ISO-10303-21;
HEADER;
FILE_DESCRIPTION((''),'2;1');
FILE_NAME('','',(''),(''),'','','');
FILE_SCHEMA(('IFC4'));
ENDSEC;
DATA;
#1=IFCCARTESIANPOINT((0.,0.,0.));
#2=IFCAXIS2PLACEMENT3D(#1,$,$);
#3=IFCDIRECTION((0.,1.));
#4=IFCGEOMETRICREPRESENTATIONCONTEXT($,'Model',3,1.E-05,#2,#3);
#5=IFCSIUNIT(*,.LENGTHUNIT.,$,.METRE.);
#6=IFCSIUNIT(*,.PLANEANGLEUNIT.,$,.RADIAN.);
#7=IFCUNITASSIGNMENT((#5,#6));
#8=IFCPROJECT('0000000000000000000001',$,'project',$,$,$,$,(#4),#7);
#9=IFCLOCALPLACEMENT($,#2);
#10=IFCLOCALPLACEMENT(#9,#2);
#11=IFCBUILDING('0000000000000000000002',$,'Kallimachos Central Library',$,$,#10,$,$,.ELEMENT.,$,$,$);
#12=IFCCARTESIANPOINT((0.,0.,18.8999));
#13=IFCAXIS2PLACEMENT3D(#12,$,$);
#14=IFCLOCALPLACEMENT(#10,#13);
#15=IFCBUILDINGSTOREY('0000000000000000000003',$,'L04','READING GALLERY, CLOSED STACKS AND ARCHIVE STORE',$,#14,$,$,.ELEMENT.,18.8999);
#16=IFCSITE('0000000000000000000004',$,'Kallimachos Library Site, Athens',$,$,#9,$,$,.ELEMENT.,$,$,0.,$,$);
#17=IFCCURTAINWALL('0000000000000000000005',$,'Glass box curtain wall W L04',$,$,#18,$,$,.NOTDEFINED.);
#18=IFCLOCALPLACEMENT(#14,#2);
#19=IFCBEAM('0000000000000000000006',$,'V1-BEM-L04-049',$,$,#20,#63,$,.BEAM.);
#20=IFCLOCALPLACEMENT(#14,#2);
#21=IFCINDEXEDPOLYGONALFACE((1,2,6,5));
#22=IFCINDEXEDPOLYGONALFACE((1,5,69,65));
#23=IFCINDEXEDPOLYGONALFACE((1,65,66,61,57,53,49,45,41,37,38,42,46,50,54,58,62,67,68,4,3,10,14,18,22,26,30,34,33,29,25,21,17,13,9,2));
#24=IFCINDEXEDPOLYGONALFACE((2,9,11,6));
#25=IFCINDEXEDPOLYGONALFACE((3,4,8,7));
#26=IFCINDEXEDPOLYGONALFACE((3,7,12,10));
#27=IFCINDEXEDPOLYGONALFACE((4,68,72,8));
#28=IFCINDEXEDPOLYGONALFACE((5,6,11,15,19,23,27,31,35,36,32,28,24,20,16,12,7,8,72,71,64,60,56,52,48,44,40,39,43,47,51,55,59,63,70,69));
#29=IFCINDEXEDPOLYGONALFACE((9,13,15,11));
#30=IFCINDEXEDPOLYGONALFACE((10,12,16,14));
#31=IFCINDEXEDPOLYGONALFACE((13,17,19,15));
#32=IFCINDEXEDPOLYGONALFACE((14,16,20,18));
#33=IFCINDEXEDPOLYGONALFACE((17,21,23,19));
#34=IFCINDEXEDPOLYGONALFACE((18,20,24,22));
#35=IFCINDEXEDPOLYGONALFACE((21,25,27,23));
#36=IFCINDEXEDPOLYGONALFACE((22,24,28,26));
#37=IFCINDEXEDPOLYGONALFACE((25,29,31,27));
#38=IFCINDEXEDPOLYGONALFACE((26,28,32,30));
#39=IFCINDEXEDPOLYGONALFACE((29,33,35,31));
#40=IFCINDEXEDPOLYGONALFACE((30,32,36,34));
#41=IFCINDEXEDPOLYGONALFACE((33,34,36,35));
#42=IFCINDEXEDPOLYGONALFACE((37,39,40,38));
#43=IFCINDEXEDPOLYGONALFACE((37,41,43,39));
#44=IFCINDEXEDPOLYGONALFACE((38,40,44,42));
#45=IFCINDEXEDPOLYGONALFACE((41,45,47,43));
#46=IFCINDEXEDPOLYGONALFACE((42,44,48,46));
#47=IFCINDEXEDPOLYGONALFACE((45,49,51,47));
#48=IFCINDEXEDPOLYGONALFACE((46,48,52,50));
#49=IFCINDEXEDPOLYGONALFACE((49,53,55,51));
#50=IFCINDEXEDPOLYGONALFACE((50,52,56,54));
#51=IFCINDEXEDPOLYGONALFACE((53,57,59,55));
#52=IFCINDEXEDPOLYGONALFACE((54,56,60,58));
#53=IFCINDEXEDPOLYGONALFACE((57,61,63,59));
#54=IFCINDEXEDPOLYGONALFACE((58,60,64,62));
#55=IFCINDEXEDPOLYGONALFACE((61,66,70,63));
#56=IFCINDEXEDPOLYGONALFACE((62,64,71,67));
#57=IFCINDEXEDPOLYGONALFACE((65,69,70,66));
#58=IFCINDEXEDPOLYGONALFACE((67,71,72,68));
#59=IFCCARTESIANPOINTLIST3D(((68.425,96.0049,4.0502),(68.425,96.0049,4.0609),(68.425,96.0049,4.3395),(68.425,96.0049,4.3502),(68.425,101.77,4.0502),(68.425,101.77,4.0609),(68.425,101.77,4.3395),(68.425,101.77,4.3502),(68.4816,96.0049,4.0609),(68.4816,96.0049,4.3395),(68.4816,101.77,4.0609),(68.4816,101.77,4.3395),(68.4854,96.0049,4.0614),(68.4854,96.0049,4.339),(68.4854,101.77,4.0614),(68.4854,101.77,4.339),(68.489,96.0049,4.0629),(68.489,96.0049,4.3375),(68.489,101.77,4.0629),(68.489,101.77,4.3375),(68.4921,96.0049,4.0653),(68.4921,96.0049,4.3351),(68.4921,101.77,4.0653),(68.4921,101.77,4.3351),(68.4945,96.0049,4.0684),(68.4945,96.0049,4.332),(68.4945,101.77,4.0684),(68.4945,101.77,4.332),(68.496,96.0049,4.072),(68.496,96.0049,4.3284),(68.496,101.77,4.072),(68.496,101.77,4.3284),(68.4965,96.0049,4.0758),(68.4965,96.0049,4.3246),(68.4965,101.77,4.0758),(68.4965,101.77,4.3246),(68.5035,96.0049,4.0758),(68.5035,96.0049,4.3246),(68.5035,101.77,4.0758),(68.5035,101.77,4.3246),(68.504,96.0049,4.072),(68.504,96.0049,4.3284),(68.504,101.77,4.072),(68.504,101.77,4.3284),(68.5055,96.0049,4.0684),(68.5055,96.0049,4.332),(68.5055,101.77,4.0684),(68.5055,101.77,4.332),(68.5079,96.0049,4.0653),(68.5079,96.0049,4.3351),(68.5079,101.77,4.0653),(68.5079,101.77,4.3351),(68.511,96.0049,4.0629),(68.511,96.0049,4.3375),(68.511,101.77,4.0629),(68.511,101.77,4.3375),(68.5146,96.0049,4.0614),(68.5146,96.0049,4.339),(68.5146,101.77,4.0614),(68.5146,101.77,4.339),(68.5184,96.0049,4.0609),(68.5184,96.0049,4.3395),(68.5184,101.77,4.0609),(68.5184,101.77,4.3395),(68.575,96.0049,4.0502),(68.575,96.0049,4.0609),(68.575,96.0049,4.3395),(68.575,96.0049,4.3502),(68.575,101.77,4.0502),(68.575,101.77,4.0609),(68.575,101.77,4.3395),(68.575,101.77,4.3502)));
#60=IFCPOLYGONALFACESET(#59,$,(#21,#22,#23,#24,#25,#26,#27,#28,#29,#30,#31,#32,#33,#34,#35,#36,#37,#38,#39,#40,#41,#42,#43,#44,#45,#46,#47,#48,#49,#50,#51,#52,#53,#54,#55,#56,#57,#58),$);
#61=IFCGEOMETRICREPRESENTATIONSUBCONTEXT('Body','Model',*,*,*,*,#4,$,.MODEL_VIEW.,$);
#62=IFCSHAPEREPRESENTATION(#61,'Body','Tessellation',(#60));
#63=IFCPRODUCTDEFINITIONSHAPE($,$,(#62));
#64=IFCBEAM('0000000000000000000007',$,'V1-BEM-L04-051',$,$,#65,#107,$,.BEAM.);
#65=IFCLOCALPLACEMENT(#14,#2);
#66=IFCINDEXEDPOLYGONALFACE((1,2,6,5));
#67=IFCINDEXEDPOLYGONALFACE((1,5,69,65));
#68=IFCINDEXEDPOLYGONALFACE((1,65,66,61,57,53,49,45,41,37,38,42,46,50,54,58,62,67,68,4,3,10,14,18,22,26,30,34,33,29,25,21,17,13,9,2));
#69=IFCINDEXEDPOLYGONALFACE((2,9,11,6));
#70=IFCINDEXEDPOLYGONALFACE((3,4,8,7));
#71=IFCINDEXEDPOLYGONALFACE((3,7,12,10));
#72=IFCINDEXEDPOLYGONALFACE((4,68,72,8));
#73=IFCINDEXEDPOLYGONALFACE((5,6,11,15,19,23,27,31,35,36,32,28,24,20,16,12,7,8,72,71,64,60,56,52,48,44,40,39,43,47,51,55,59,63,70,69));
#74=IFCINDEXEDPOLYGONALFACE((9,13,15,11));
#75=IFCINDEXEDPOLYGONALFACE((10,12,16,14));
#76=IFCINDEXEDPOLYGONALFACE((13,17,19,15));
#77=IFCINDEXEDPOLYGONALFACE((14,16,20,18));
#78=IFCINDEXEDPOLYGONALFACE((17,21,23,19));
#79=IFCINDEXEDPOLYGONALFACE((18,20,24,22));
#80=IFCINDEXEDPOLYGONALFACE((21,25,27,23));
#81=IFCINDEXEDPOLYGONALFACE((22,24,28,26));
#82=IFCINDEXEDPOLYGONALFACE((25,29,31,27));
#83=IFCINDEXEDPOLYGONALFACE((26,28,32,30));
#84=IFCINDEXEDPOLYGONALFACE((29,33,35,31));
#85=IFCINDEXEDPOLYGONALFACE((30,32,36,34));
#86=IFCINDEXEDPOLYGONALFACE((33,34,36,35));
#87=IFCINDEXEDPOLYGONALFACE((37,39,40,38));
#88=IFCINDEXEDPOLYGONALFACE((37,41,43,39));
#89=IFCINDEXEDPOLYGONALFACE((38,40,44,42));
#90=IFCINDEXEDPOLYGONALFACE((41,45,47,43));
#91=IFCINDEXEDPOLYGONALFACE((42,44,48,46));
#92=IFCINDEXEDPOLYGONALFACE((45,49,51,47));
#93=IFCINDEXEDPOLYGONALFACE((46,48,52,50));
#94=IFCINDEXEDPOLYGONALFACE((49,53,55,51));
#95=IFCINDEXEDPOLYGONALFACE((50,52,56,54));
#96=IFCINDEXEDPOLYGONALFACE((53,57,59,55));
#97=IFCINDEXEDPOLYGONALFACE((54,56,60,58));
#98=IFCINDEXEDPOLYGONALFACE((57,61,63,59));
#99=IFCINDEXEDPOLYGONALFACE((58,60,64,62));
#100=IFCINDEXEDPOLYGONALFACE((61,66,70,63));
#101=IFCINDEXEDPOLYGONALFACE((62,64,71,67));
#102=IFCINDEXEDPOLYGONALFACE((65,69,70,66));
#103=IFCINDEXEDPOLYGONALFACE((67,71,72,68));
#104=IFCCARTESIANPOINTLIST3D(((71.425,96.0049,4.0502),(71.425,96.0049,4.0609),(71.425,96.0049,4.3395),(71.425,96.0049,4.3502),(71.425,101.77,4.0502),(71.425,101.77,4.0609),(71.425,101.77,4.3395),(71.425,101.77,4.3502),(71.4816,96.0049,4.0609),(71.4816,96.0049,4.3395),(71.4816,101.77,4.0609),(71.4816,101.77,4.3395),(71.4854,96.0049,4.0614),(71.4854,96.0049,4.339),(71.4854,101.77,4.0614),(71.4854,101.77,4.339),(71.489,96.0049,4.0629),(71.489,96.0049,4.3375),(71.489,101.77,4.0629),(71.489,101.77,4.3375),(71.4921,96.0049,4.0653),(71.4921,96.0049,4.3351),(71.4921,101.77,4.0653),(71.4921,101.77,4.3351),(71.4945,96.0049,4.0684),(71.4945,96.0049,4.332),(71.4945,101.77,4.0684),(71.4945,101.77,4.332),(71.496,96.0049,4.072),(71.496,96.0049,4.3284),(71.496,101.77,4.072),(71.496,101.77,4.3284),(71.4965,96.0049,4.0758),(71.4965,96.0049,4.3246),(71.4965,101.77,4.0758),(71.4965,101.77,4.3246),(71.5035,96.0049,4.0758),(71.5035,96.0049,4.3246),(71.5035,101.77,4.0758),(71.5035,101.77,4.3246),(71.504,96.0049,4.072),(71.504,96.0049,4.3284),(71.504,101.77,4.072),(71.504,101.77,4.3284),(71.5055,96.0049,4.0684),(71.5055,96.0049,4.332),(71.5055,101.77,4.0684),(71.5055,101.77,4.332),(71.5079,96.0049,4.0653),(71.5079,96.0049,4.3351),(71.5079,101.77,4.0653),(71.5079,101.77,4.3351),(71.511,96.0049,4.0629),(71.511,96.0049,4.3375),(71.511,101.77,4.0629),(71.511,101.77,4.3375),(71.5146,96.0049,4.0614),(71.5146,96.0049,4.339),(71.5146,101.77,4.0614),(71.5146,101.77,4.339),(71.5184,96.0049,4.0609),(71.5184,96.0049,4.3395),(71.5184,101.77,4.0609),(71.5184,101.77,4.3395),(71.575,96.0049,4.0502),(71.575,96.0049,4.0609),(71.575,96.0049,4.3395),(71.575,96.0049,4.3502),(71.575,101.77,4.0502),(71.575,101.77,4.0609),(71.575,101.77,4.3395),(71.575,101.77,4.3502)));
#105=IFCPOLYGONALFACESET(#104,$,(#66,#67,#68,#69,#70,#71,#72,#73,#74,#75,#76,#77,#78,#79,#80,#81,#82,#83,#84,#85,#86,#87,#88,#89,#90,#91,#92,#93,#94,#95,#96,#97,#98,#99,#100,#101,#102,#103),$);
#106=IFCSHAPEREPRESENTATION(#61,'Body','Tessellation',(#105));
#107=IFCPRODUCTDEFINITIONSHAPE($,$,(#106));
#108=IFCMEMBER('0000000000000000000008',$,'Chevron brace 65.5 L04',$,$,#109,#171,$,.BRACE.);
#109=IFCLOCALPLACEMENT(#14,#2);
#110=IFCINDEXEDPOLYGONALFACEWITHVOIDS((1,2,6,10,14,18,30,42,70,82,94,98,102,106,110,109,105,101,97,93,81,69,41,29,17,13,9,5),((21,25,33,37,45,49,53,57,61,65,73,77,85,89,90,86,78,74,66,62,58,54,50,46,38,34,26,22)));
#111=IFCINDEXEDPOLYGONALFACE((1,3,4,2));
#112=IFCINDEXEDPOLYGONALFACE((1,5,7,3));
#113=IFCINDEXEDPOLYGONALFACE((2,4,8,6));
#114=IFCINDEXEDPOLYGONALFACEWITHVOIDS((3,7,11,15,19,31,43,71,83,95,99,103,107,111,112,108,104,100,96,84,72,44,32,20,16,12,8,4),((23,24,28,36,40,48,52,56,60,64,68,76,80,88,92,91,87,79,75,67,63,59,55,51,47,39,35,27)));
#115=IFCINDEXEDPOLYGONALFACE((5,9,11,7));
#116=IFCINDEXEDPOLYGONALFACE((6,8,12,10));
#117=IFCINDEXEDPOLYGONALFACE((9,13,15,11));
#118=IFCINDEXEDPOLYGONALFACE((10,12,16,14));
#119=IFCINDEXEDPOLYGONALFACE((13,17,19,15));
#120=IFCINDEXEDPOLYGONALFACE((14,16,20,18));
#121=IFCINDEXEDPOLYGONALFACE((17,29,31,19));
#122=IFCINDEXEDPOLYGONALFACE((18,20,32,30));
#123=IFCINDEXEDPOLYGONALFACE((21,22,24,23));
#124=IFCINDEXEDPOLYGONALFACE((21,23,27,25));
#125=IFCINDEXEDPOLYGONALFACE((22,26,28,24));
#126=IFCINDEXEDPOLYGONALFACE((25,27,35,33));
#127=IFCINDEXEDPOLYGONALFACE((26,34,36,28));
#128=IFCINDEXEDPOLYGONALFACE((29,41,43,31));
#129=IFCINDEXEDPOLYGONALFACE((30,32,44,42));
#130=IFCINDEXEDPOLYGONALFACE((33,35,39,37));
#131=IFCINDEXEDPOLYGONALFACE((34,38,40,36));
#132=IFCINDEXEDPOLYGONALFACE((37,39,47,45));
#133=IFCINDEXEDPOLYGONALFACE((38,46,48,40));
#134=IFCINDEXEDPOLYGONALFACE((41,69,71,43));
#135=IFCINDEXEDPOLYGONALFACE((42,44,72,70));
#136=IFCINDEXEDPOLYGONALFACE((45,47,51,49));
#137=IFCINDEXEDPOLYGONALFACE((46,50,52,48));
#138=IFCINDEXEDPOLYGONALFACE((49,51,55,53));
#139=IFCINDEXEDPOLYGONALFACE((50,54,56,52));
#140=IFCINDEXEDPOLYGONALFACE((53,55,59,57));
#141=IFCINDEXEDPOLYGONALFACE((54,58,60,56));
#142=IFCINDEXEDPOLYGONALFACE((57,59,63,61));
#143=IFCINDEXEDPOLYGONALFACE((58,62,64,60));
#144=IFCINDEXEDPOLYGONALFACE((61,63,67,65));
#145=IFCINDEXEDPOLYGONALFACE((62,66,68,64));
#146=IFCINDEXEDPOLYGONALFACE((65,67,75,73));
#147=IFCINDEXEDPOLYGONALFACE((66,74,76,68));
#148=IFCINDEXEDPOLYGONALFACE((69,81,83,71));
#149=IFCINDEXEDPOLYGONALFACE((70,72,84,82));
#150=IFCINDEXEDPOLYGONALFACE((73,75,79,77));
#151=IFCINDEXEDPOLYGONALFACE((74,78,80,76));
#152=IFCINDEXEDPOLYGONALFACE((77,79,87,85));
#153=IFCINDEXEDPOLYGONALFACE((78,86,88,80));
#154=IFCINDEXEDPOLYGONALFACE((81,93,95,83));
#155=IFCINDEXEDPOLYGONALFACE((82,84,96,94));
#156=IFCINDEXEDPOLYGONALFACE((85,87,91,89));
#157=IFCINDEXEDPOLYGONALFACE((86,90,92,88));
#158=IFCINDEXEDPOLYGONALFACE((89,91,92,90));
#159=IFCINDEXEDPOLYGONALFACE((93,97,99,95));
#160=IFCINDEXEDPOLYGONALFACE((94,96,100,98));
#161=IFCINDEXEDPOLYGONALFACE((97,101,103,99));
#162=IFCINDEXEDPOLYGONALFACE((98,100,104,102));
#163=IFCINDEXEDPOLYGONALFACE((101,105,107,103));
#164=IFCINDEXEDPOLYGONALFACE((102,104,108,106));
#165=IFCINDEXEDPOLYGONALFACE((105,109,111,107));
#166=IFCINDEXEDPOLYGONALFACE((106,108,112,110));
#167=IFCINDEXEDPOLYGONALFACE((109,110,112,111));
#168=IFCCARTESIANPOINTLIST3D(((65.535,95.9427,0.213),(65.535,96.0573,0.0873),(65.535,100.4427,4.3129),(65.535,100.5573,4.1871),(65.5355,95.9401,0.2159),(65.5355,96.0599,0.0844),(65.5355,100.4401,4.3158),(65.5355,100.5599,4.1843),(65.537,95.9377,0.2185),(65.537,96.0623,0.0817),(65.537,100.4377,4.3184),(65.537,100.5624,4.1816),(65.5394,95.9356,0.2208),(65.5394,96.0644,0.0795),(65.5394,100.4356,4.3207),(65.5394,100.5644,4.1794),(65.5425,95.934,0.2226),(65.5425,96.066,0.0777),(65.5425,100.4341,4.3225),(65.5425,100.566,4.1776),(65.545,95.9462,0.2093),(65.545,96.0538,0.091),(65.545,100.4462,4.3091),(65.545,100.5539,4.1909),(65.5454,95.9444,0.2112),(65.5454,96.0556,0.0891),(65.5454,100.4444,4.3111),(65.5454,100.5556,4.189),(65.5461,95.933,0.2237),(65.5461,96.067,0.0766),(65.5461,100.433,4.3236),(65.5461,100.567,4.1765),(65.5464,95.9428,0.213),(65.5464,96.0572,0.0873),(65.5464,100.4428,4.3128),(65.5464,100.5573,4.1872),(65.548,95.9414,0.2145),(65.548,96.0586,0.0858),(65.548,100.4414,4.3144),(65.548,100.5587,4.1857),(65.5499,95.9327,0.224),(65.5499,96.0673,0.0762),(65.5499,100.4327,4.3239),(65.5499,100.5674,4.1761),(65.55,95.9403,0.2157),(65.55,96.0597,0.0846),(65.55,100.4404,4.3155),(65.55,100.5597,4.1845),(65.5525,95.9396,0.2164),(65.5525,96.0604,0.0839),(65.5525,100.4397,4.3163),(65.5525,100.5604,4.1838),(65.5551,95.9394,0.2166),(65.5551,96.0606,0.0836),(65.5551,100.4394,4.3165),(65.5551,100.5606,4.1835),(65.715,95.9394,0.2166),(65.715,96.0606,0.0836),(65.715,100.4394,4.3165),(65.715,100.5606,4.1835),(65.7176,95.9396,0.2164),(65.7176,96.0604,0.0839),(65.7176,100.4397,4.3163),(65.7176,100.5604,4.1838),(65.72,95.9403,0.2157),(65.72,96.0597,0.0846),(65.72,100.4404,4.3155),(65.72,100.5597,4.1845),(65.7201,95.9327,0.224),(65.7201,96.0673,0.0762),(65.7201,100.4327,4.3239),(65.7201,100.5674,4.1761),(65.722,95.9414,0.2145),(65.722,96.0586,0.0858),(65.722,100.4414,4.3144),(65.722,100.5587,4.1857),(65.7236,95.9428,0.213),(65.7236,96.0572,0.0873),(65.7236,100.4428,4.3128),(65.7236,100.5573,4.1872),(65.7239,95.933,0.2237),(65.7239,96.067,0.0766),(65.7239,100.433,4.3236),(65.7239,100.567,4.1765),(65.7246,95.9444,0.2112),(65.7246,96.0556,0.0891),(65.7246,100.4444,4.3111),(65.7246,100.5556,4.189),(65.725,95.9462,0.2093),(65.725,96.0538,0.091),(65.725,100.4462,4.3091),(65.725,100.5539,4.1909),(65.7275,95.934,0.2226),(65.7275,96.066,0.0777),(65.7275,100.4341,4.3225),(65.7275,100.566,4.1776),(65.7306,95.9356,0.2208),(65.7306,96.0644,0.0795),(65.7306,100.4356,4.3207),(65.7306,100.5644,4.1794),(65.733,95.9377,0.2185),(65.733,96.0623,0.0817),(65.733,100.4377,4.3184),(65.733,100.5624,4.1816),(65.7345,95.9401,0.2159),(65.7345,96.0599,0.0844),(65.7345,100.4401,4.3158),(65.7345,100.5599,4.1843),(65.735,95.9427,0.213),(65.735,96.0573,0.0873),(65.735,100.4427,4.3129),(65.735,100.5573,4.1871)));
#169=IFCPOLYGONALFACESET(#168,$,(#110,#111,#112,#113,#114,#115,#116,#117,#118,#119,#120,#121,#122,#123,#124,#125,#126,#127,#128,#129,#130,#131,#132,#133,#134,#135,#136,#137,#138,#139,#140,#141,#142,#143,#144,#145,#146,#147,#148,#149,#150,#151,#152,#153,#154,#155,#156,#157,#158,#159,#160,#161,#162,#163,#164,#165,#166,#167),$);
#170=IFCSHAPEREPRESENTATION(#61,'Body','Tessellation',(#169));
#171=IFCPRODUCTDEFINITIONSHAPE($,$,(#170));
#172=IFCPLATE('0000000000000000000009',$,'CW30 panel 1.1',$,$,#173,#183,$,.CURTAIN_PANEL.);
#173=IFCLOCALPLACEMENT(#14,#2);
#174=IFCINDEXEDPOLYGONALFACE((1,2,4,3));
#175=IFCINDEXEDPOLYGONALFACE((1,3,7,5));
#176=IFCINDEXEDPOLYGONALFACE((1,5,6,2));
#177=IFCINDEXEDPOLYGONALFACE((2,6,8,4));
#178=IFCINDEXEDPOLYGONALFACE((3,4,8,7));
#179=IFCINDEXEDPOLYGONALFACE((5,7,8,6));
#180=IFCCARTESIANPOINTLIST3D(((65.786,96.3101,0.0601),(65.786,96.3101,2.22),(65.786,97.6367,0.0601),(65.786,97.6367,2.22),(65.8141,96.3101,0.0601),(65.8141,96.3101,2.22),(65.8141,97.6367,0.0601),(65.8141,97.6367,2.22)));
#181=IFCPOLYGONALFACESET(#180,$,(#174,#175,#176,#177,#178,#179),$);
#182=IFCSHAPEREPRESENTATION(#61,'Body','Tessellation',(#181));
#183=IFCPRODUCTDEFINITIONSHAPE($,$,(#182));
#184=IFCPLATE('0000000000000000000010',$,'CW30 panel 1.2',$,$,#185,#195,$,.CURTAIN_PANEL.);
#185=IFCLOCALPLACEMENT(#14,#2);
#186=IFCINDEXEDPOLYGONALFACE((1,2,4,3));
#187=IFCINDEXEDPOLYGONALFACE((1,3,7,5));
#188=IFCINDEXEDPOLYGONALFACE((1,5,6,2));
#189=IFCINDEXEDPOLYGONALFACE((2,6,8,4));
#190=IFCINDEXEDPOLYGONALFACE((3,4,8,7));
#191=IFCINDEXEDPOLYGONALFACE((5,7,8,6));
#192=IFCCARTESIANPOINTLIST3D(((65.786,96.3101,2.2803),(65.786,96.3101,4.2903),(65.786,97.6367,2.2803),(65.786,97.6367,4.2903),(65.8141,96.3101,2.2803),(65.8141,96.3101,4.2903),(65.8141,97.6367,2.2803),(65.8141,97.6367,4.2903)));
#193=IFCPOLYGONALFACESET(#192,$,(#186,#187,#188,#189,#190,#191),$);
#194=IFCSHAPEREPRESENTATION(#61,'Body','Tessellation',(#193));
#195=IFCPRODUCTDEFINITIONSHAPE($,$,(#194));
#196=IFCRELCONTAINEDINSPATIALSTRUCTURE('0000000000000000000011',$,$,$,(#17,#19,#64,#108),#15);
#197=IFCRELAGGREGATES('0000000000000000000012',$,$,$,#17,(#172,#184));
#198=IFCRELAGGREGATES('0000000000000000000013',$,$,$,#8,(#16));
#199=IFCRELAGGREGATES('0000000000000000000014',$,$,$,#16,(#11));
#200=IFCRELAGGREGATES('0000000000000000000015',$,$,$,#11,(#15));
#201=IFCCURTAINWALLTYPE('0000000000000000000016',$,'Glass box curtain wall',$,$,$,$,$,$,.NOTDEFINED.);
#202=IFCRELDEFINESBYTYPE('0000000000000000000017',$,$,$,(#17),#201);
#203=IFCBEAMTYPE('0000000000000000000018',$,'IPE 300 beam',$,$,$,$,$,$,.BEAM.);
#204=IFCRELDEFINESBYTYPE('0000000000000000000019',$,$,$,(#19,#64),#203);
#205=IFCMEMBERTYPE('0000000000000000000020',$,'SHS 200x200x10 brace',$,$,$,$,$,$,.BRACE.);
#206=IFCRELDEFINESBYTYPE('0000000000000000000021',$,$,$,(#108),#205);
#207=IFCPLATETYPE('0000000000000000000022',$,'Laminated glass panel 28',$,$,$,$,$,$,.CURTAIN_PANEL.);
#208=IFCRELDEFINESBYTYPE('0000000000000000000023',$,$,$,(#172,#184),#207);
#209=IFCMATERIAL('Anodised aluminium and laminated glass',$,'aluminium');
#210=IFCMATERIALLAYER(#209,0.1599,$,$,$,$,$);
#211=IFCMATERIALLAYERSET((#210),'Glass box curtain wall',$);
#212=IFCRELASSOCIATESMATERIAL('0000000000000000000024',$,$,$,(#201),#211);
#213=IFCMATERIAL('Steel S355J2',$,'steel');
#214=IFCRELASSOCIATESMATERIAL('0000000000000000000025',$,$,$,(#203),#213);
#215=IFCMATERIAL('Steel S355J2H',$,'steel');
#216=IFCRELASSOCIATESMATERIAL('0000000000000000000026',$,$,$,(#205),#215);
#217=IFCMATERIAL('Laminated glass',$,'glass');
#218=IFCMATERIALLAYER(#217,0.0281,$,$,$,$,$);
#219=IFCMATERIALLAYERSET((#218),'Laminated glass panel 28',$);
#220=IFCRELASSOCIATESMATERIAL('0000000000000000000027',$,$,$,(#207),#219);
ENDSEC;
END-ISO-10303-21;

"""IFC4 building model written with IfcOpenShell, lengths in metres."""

from ifc_helpers import new_model, si_unit, direction, frame, origin, origin_2d, place, context, subcontext, project, spatial, rectangle, hollow_rectangle, i_section, extrude, material, layer, layer_set, material_profile, profile_set, type_object, element, aggregate, save


model = new_model("IFC4")

# Units and contexts
model_context = context("Model", 3, precision=1e-05, world=origin(), true_north=direction((0.0, 1.0)))
body_context = subcontext(model_context, "Body", "Model", "MODEL_VIEW")
ifc_project = project(units=[si_unit("LENGTHUNIT", "METRE"), si_unit("PLANEANGLEUNIT", "RADIAN")], contexts=[model_context])

# Site, building, storey
site_placement = place(None, origin())
site = spatial("IfcSite", under=ifc_project, at=site_placement, Name="Kallimachos Library Site, Athens", CompositionType="ELEMENT", RefElevation=0.0)
building_placement = place(site_placement, origin())
building = spatial("IfcBuilding", under=site, at=building_placement, Name="Kallimachos Central Library", CompositionType="ELEMENT")
storey_placement = place(building_placement, frame((0.0, 0.0, 18.8999)))
storey = spatial("IfcBuildingStorey", under=building, at=storey_placement, Name="L04", Description="READING GALLERY, CLOSED STACKS AND ARCHIVE STORE", CompositionType="ELEMENT", Elevation=18.8999)

# Curtain wall
ifc_material_1 = material(Name="Anodised aluminium and laminated glass", Category="aluminium")
ifc_layer_1 = layer(ifc_material_1, 0.1599)
ifc_layer_set_1 = layer_set([ifc_layer_1], Name="Glass box curtain wall")
curtain_wall_type = type_object("IfcCurtainWallType", Name="Glass box curtain wall", PredefinedType="NOTDEFINED", material=ifc_layer_set_1)
curtain_wall_placement = place(storey_placement, origin())
curtain_wall = element("IfcCurtainWall", 1, at=curtain_wall_placement, inside=storey, type_object=curtain_wall_type, Name="Glass box curtain wall W L04", PredefinedType="NOTDEFINED")

# Beams
ifc_material_2 = material(Name="Steel S355J2", Category="steel")
ifc_material_profile_1 = material_profile(ifc_material_2, i_section(OverallWidth=0.1499, OverallDepth=0.3, WebThickness=0.0071, FlangeThickness=0.0107, FilletRadius=0.0149, at=origin_2d()), Name="IPE 300")
ifc_profile_set_1 = profile_set([ifc_material_profile_1], Name="Steel S355J2")
beam_type_1 = type_object("IfcBeamType", Name="IPE 300 beam", PredefinedType="BEAM", material=ifc_profile_set_1)
for number, where, z_axis, x_axis, name in (
    (2, (68.5, 96.0049, 4.2002), (0.0, 1.0, 0.0), (-1.0, 0.0, 0.0), "V1-BEM-L04-049"),
    (3, (71.5, 96.0049, 4.2002), (0.0, 1.0, 0.0), (-1.0, 0.0, 0.0), "V1-BEM-L04-051"),
):
    element("IfcBeam", number, at=place(storey_placement, frame(where, z_axis=z_axis, x_axis=x_axis)), inside=storey, type_object=beam_type_1, Name=name, PredefinedType="BEAM", context=body_context, shape_type="SweptSolid", body=[
        extrude(i_section(OverallWidth=0.1499, OverallDepth=0.3, WebThickness=0.0071, FlangeThickness=0.0107, FilletRadius=0.0149, at=origin_2d()), origin(), (0.0, 0.0, 1.0), 5.7651),
    ])

# Member
ifc_material_3 = material(Name="Steel S355J2H", Category="steel")
ifc_material_profile_2 = material_profile(ifc_material_3, hollow_rectangle(XDim=0.2, YDim=0.2, WallThickness=0.01, InnerFilletRadius=0.01, OuterFilletRadius=0.0149, at=origin_2d()), Name="SHS 200x200x10")
ifc_profile_set_2 = profile_set([ifc_material_profile_2], Name="Steel S355J2H")
member_type_1 = type_object("IfcMemberType", Name="SHS 200x200x10 brace", PredefinedType="BRACE", material=ifc_profile_set_2)
member_1_placement = place(storey_placement, frame((65.635, 96.0, 0.1501), z_axis=(0.0, 0.739208, 0.673477), x_axis=(-1.0, 0.0, 0.0)))
element("IfcMember", 4, at=member_1_placement, inside=storey, type_object=member_type_1, Name="Chevron brace 65.5 L04", PredefinedType="BRACE", context=body_context, shape_type="SweptSolid", body=[
    extrude(hollow_rectangle(XDim=0.2, YDim=0.2, WallThickness=0.01, InnerFilletRadius=0.01, OuterFilletRadius=0.0149, at=origin_2d()), origin(), (0.0, 0.0, 1.0), 6.0876),
])

# Plates
ifc_material_4 = material(Name="Laminated glass", Category="glass")
ifc_layer_2 = layer(ifc_material_4, 0.0281)
ifc_layer_set_2 = layer_set([ifc_layer_2], Name="Laminated glass panel 28")
plate_type = type_object("IfcPlateType", Name="Laminated glass panel 28", PredefinedType="CURTAIN_PANEL", material=ifc_layer_set_2)
plate_1_placement = place(storey_placement, frame((65.8, 96.9734, 0.0601), z_axis=(0.0, 0.0, 1.0), x_axis=(0.0, 1.0, 0.0)))
plate_1 = element("IfcPlate", 5, at=plate_1_placement, type_object=plate_type, Name="CW30 panel 1.1", PredefinedType="CURTAIN_PANEL", context=body_context, shape_type="SweptSolid", body=[
    extrude(rectangle(XDim=1.3267, YDim=0.0281, at=origin_2d()), origin(), (0.0, 0.0, 1.0), 2.1599),
])
plate_2_placement = place(storey_placement, frame((65.8, 96.9734, 2.2803), z_axis=(0.0, 0.0, 1.0), x_axis=(0.0, 1.0, 0.0)))
plate_2 = element("IfcPlate", 6, at=plate_2_placement, type_object=plate_type, Name="CW30 panel 1.2", PredefinedType="CURTAIN_PANEL", context=body_context, shape_type="SweptSolid", body=[
    extrude(rectangle(XDim=1.3267, YDim=0.0281, at=origin_2d()), origin(), (0.0, 0.0, 1.0), 2.01),
])
aggregate(curtain_wall, [plate_1, plate_2])

save(model, "model.ifc")
